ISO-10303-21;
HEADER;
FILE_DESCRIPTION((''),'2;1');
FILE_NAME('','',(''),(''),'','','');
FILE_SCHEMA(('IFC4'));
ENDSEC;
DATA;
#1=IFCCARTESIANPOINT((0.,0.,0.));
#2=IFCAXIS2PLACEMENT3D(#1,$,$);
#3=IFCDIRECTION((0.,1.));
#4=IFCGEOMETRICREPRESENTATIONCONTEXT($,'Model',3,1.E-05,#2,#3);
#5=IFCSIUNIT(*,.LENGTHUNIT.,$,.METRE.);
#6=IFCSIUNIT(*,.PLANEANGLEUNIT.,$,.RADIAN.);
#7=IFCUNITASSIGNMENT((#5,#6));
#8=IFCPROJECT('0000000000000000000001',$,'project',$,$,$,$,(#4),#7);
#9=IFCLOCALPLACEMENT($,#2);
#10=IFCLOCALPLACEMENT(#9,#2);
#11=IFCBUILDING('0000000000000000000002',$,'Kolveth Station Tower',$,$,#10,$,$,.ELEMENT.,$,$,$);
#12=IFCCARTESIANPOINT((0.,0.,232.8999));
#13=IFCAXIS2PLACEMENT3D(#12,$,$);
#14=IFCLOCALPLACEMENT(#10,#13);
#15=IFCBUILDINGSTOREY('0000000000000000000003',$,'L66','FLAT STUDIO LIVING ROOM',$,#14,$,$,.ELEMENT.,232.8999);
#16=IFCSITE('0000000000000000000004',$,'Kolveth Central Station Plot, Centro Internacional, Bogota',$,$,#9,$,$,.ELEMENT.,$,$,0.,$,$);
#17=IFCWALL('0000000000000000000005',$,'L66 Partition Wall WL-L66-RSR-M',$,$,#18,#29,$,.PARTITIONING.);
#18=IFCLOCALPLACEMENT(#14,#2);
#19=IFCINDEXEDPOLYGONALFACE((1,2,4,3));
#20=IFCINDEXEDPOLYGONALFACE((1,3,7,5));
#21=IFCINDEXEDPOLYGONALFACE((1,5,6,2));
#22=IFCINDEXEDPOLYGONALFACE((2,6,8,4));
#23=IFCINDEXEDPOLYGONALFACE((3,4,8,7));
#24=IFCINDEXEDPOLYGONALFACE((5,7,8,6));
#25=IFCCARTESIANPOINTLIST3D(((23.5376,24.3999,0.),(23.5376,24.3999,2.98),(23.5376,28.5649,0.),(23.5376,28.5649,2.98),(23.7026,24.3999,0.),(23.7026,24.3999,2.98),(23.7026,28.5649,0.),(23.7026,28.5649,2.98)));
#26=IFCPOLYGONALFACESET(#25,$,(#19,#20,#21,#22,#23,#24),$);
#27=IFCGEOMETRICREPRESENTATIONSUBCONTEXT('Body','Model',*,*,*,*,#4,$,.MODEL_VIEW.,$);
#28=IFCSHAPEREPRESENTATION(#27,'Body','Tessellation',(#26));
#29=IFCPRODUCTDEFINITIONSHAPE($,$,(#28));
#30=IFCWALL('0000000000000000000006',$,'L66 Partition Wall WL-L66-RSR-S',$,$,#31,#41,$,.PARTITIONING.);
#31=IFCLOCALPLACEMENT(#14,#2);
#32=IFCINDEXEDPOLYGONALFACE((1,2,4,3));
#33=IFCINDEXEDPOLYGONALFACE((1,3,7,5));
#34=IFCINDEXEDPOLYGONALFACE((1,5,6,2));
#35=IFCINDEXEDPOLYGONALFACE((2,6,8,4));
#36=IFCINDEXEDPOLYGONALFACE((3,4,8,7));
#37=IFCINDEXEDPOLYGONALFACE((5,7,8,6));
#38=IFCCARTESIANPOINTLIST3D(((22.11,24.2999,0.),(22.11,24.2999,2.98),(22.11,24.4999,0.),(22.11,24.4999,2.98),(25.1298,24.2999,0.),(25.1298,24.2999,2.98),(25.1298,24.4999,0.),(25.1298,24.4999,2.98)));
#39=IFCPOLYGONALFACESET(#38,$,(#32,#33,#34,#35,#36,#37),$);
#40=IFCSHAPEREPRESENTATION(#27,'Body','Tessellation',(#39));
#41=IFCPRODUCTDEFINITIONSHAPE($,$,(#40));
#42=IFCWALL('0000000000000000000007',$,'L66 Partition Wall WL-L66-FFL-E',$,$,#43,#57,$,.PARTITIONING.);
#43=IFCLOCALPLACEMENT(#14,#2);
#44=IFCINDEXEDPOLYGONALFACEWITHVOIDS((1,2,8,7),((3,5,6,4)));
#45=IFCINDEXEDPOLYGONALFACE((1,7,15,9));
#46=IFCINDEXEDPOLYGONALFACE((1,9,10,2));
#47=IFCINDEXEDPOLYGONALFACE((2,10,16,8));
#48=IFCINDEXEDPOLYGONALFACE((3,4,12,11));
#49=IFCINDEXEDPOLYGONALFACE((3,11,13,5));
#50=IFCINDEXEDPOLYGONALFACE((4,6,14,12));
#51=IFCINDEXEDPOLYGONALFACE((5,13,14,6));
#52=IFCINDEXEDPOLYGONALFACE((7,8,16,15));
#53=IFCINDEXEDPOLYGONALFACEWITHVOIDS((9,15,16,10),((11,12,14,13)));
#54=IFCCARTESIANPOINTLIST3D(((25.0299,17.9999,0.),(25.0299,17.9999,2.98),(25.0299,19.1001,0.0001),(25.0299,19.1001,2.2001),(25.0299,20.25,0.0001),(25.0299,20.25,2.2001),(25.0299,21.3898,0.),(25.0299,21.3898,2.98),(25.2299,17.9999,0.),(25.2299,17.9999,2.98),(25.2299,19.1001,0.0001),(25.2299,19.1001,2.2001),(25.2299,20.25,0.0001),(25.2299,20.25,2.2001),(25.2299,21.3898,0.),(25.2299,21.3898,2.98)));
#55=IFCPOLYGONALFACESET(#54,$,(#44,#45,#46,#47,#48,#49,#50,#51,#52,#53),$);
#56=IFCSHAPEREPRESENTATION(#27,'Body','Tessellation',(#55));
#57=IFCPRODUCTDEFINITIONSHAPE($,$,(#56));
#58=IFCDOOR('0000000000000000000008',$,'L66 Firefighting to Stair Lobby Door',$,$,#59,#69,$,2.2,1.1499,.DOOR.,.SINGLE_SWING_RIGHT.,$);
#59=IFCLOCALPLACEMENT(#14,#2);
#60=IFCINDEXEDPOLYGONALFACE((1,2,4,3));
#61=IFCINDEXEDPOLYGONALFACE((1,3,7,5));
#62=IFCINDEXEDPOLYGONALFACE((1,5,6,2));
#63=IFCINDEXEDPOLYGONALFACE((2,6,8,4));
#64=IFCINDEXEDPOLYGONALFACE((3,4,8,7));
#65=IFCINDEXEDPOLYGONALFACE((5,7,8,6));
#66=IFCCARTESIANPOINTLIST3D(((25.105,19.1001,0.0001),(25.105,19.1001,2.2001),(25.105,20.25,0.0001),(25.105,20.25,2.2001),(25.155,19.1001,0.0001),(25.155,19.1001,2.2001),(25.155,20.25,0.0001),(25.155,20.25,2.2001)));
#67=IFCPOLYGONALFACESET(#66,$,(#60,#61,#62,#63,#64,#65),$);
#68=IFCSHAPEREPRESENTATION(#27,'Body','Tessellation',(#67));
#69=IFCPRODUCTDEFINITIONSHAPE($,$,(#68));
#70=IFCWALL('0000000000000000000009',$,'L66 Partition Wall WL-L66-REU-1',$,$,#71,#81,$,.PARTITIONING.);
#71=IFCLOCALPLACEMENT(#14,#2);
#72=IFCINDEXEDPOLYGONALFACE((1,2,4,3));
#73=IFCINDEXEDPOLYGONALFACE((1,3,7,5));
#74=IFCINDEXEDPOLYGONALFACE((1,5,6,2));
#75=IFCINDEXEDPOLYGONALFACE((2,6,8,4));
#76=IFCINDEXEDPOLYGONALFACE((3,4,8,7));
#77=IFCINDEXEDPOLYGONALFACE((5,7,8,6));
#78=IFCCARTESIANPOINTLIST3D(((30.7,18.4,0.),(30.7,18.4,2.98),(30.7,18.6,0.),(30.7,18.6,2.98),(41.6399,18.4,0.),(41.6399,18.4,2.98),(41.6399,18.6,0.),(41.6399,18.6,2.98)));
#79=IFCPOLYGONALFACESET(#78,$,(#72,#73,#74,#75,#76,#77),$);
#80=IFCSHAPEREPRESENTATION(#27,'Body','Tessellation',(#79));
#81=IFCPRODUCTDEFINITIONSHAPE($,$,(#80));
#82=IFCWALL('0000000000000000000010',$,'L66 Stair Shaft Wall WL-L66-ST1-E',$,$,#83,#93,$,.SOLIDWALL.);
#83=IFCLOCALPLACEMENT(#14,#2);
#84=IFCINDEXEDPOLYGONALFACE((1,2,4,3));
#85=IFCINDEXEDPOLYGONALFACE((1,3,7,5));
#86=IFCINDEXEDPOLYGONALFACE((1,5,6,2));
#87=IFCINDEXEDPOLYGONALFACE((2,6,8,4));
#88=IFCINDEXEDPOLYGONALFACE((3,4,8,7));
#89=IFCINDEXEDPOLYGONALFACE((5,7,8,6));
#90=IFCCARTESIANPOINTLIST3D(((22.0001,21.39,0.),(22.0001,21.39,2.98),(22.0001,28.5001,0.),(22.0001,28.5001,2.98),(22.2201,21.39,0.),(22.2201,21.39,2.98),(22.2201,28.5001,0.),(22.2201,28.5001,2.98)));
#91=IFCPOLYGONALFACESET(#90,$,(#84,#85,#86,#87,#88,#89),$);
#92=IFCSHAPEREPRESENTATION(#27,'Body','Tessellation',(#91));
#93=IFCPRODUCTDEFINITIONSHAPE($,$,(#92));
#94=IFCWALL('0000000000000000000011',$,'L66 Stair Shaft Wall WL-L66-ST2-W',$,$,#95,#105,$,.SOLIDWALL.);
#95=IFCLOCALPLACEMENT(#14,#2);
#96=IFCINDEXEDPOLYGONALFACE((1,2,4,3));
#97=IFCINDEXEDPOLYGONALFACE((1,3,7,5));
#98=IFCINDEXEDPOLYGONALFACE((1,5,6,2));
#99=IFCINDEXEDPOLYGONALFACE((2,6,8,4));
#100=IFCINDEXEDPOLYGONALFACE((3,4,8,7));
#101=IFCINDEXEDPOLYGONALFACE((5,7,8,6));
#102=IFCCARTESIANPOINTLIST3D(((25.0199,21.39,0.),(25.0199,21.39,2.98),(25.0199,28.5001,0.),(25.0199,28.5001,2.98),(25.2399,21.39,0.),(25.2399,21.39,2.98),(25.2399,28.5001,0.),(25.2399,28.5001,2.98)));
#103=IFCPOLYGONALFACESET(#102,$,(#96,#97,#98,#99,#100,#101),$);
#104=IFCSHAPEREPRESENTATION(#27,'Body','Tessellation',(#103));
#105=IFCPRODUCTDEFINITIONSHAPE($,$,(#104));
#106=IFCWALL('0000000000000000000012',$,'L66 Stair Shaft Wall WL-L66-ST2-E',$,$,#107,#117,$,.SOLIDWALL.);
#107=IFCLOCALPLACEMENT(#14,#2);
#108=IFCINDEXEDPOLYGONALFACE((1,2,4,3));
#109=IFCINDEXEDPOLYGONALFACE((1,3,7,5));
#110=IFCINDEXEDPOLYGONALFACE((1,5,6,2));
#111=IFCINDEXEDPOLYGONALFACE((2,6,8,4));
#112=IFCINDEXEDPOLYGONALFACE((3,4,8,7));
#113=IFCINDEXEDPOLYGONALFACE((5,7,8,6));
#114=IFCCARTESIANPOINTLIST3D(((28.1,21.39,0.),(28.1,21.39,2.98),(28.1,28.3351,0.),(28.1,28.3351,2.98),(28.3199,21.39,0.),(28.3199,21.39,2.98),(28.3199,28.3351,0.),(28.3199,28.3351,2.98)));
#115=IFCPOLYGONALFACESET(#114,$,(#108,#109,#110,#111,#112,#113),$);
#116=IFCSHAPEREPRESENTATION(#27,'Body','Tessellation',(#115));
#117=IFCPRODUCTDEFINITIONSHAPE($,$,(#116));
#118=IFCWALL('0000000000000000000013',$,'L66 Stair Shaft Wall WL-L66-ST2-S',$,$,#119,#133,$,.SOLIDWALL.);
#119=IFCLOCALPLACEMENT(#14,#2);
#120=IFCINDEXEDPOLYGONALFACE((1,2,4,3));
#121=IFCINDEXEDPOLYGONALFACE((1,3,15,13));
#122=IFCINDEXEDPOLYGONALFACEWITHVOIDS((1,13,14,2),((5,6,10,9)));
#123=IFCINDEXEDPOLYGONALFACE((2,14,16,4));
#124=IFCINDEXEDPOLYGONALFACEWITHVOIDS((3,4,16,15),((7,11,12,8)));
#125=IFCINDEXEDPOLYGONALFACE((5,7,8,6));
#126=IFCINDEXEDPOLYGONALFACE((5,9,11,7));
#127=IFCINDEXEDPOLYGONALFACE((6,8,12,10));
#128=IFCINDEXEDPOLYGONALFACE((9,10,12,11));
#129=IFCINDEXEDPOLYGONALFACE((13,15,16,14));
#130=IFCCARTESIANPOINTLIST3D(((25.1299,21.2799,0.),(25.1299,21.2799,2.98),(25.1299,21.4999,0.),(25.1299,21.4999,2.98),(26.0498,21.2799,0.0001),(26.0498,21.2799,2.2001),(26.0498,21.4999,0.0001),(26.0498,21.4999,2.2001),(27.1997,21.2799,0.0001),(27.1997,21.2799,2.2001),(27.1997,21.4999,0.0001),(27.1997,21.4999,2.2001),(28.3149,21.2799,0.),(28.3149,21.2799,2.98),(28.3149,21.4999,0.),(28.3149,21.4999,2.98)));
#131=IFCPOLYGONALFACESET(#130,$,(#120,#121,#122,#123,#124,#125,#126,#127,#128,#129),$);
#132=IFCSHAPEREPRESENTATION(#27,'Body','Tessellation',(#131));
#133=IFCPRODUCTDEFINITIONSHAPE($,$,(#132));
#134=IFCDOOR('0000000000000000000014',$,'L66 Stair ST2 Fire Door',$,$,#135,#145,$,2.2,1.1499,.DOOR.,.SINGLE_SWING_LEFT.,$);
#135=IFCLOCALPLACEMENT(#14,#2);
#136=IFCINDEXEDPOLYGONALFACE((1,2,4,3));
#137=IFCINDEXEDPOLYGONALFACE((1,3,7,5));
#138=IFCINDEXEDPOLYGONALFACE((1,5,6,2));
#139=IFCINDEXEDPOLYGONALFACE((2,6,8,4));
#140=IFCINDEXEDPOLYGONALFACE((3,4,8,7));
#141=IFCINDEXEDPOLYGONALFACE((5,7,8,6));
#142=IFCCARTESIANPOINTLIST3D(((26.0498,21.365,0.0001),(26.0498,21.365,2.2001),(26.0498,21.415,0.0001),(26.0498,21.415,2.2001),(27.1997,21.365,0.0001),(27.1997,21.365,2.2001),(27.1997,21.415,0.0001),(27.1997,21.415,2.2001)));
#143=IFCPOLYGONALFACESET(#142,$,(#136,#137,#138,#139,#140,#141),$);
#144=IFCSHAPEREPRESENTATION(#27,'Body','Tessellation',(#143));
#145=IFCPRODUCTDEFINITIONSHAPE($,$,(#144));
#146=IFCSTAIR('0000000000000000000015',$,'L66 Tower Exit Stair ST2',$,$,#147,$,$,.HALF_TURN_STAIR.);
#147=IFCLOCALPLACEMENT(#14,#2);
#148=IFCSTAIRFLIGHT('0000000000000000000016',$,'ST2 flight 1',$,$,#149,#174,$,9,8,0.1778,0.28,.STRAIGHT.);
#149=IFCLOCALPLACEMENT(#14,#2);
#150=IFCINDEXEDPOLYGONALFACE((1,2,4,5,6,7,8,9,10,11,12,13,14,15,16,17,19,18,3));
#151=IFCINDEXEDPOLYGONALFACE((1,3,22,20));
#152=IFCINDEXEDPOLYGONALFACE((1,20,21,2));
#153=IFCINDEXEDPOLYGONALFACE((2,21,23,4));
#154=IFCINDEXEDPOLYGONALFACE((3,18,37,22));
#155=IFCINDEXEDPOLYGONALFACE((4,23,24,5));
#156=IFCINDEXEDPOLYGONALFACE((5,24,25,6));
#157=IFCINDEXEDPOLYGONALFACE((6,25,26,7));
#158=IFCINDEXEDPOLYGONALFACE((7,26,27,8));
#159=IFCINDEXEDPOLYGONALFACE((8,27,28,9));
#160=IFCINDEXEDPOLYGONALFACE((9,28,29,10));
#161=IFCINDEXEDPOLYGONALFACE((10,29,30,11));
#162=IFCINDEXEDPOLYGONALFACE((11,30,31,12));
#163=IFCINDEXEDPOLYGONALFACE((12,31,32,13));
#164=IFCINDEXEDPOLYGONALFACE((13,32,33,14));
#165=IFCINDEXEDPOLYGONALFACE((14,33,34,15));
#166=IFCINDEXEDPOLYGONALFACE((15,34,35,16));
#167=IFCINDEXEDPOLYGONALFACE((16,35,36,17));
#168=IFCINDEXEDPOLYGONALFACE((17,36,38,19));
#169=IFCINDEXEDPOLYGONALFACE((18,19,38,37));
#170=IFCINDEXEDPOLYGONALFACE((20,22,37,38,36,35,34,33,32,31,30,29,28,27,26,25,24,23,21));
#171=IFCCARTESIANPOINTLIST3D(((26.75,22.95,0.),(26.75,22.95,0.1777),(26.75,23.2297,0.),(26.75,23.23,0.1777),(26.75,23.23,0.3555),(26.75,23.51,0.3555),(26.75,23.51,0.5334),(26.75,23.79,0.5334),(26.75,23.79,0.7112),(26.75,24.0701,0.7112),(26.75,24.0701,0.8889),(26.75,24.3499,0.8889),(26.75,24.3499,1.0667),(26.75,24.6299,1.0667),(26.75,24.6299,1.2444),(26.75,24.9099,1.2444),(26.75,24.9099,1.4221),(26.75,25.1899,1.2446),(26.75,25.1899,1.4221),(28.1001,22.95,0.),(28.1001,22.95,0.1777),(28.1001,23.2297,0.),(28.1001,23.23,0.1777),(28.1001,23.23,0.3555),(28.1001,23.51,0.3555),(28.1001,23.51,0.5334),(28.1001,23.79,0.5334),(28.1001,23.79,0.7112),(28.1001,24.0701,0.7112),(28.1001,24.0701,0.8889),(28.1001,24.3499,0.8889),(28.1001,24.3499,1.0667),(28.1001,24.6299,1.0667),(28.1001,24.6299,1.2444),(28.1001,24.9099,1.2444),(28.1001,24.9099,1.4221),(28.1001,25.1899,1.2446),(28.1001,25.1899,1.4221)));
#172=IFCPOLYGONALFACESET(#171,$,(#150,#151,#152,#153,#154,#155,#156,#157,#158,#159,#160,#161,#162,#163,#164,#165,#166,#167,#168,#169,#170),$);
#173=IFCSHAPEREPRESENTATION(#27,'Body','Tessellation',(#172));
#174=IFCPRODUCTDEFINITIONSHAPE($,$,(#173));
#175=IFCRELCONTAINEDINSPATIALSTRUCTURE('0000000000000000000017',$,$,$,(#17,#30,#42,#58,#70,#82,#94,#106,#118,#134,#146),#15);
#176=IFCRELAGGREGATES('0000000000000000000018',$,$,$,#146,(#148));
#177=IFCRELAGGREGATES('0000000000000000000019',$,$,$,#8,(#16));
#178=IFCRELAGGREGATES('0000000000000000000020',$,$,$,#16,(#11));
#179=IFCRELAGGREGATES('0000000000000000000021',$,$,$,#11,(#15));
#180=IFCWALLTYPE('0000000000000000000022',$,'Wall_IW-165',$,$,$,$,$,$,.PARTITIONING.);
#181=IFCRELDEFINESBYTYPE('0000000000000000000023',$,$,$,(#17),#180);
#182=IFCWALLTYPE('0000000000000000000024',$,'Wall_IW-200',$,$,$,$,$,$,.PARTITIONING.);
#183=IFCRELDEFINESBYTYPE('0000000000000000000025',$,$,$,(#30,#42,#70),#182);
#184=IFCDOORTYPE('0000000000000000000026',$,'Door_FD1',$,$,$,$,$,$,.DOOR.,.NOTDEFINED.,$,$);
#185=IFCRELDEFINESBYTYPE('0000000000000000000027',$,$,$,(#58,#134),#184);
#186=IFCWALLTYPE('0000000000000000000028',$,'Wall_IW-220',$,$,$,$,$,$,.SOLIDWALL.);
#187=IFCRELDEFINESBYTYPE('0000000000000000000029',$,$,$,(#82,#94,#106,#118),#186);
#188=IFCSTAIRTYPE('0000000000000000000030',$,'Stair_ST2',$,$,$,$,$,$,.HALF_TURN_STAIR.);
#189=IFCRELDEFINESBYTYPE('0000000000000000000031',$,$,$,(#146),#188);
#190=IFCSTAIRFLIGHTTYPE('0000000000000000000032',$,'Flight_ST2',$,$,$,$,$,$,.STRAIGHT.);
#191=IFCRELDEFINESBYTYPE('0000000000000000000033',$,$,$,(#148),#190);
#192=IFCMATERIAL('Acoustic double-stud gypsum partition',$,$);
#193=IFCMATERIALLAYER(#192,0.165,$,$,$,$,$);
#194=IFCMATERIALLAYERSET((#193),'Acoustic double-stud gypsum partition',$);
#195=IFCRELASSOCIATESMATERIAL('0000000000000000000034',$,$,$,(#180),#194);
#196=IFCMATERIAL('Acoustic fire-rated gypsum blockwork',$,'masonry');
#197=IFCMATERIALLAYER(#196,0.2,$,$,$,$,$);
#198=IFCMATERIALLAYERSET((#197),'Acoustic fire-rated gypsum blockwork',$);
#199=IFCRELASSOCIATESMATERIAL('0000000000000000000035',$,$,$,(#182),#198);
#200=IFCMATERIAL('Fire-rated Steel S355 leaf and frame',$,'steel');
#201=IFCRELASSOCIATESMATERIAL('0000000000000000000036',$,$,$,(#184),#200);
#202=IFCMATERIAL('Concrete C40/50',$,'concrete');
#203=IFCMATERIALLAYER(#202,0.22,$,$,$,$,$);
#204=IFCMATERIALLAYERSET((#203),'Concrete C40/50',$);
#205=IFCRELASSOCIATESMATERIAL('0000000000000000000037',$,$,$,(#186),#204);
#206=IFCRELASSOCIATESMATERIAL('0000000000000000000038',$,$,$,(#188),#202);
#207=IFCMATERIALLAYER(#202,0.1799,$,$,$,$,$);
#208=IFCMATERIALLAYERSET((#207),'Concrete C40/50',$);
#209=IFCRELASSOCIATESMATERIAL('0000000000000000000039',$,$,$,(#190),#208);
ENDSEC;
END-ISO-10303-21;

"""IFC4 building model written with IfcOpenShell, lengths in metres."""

from ifc_helpers import new_model, si_unit, direction, frame, frame_2d, origin, place, context, subcontext, project, spatial, polyline, rectangle, outline, extrude, material, layer, layer_set, type_object, element, fill, aggregate, save


model = new_model("IFC4")

# Units and contexts
model_context = context("Model", 3, precision=1e-05, world=origin(), true_north=direction((0.0, 1.0)))
body_context = subcontext(model_context, "Body", "Model", "MODEL_VIEW")
ifc_project = project(units=[si_unit("LENGTHUNIT", "METRE"), si_unit("PLANEANGLEUNIT", "RADIAN")], contexts=[model_context])

# Site, building, storey
site_placement = place(None, origin())
site = spatial("IfcSite", under=ifc_project, at=site_placement, Name="Kolveth Central Station Plot, Centro Internacional, Bogota", CompositionType="ELEMENT", RefElevation=0.0)
building_placement = place(site_placement, origin())
building = spatial("IfcBuilding", under=site, at=building_placement, Name="Kolveth Station Tower", CompositionType="ELEMENT")
storey_placement = place(building_placement, frame((0.0, 0.0, 232.8999)))
storey = spatial("IfcBuildingStorey", under=building, at=storey_placement, Name="L66", Description="FLAT STUDIO LIVING ROOM", CompositionType="ELEMENT", Elevation=232.8999)

# Walls
ifc_material_1 = material(Name="Acoustic double-stud gypsum partition")
ifc_layer_1 = layer(ifc_material_1, 0.165)
ifc_layer_set_1 = layer_set([ifc_layer_1], Name="Acoustic double-stud gypsum partition")
wall_type_1 = type_object("IfcWallType", Name="Wall_IW-165", PredefinedType="PARTITIONING", material=ifc_layer_set_1)
wall_1_placement = place(storey_placement, frame((23.6201, 24.3999, 0.0), z_axis=(0.0, 0.0, 1.0), x_axis=(0.0, 1.0, 0.0)))
element("IfcWall", 1, at=wall_1_placement, inside=storey, type_object=wall_type_1, Name="L66 Partition Wall WL-L66-RSR-M", PredefinedType="PARTITIONING", context=body_context, shape_type="SweptSolid", body=[
    extrude(rectangle(XDim=4.165, YDim=0.165, at=frame_2d((2.0825, 0.0))), origin(), (0.0, 0.0, 1.0), 2.98),
])
ifc_material_2 = material(Name="Acoustic fire-rated gypsum blockwork", Category="masonry")
ifc_layer_2 = layer(ifc_material_2, 0.2)
ifc_layer_set_2 = layer_set([ifc_layer_2], Name="Acoustic fire-rated gypsum blockwork")
wall_type_2 = type_object("IfcWallType", Name="Wall_IW-200", PredefinedType="PARTITIONING", material=ifc_layer_set_2)
wall_2_placement = place(storey_placement, frame((22.1101, 24.3999, 0.0), z_axis=(0.0, 0.0, 1.0), x_axis=(1.0, 0.0, 0.0)))
element("IfcWall", 2, at=wall_2_placement, inside=storey, type_object=wall_type_2, Name="L66 Partition Wall WL-L66-RSR-S", PredefinedType="PARTITIONING", context=body_context, shape_type="SweptSolid", body=[
    extrude(rectangle(XDim=3.0198, YDim=0.2, at=frame_2d((1.5098, 0.0))), origin(), (0.0, 0.0, 1.0), 2.98),
])

# Wall, opening, door
wall_3_placement = place(storey_placement, frame((25.1299, 18.0, 0.0), z_axis=(0.0, 0.0, 1.0), x_axis=(0.0, 1.0, 0.0)))
wall_3 = element("IfcWall", 3, at=wall_3_placement, inside=storey, type_object=wall_type_2, Name="L66 Partition Wall WL-L66-FFL-E", PredefinedType="PARTITIONING", context=body_context, shape_type="SweptSolid", body=[
    extrude(rectangle(XDim=3.3899, YDim=0.2, at=frame_2d((1.6948, 0.0))), origin(), (0.0, 0.0, 1.0), 2.98),
])
opening_1_placement = place(wall_3_placement, frame((1.1001, 0.0, 0.0)))
opening_1 = element("IfcOpeningElement", 4, at=opening_1_placement, cuts=wall_3, PredefinedType="OPENING", context=body_context, shape_type="SweptSolid", body=[
    extrude(rectangle(XDim=1.1499, YDim=2.2, at=frame_2d((0.575, 1.1001))), frame((0.0, 0.1099, 0.0), z_axis=(0.0, -1.0, 0.0), x_axis=(1.0, 0.0, 0.0)), (0.0, 0.0, 1.0), 0.22),
])
ifc_material_3 = material(Name="Fire-rated Steel S355 leaf and frame", Category="steel")
door_type = type_object("IfcDoorType", Name="Door_FD1", OperationType="NOTDEFINED", PredefinedType="DOOR", material=ifc_material_3)
door_1_placement = place(opening_1_placement, origin())
door_1 = element("IfcDoor", 5, at=door_1_placement, inside=storey, type_object=door_type, Name="L66 Firefighting to Stair Lobby Door", OperationType="SINGLE_SWING_RIGHT", OverallHeight=2.2, OverallWidth=1.1499, PredefinedType="DOOR", context=body_context, shape_type="SweptSolid", body=[
    extrude(rectangle(XDim=1.1499, YDim=2.2, at=frame_2d((0.575, 1.1001))), frame((0.0, 0.0249, 0.0), z_axis=(0.0, -1.0, 0.0), x_axis=(1.0, 0.0, 0.0)), (0.0, 0.0, 1.0), 0.05),
])
fill(opening_1, door_1)

# Walls
wall_4_placement = place(storey_placement, frame((30.7, 18.5, 0.0), z_axis=(0.0, 0.0, 1.0), x_axis=(1.0, 0.0, 0.0)))
element("IfcWall", 6, at=wall_4_placement, inside=storey, type_object=wall_type_2, Name="L66 Partition Wall WL-L66-REU-1", PredefinedType="PARTITIONING", context=body_context, shape_type="SweptSolid", body=[
    extrude(rectangle(XDim=10.9399, YDim=0.2, at=frame_2d((5.47, 0.0))), origin(), (0.0, 0.0, 1.0), 2.98),
])
ifc_material_4 = material(Name="Concrete C40/50", Category="concrete")
ifc_layer_3 = layer(ifc_material_4, 0.22)
ifc_layer_set_3 = layer_set([ifc_layer_3], Name="Concrete C40/50")
wall_type_3 = type_object("IfcWallType", Name="Wall_IW-220", PredefinedType="SOLIDWALL", material=ifc_layer_set_3)
for number, where, z_axis, x_axis, name in (
    (7, (22.1101, 21.3899, 0.0), (0.0, 0.0, 1.0), (0.0, 1.0, 0.0), "L66 Stair Shaft Wall WL-L66-ST1-E"),
    (8, (25.1299, 21.3899, 0.0), (0.0, 0.0, 1.0), (0.0, 1.0, 0.0), "L66 Stair Shaft Wall WL-L66-ST2-W"),
):
    element("IfcWall", number, at=place(storey_placement, frame(where, z_axis=z_axis, x_axis=x_axis)), inside=storey, type_object=wall_type_3, Name=name, PredefinedType="SOLIDWALL", context=body_context, shape_type="SweptSolid", body=[
        extrude(rectangle(XDim=7.1101, YDim=0.22, at=frame_2d((3.5552, 0.0))), origin(), (0.0, 0.0, 1.0), 2.98),
    ])
wall_5_placement = place(storey_placement, frame((28.21, 21.3899, 0.0), z_axis=(0.0, 0.0, 1.0), x_axis=(0.0, 1.0, 0.0)))
element("IfcWall", 9, at=wall_5_placement, inside=storey, type_object=wall_type_3, Name="L66 Stair Shaft Wall WL-L66-ST2-E", PredefinedType="SOLIDWALL", context=body_context, shape_type="SweptSolid", body=[
    extrude(rectangle(XDim=6.9451, YDim=0.22, at=frame_2d((3.4727, 0.0))), origin(), (0.0, 0.0, 1.0), 2.98),
])

# Wall, opening, door
wall_6_placement = place(storey_placement, frame((25.1299, 21.3899, 0.0), z_axis=(0.0, 0.0, 1.0), x_axis=(1.0, 0.0, 0.0)))
wall_6 = element("IfcWall", 10, at=wall_6_placement, inside=storey, type_object=wall_type_3, Name="L66 Stair Shaft Wall WL-L66-ST2-S", PredefinedType="SOLIDWALL", context=body_context, shape_type="SweptSolid", body=[
    extrude(rectangle(XDim=3.1851, YDim=0.22, at=frame_2d((1.5925, 0.0))), origin(), (0.0, 0.0, 1.0), 2.98),
])
opening_2_placement = place(wall_6_placement, frame((0.9199, 0.0, 0.0)))
opening_2 = element("IfcOpeningElement", 11, at=opening_2_placement, cuts=wall_6, PredefinedType="OPENING", context=body_context, shape_type="SweptSolid", body=[
    extrude(rectangle(XDim=1.1499, YDim=2.2, at=frame_2d((0.575, 1.1001))), frame((0.0, 0.1199, 0.0), z_axis=(0.0, -1.0, 0.0), x_axis=(1.0, 0.0, 0.0)), (0.0, 0.0, 1.0), 0.24),
])
door_2_placement = place(opening_2_placement, frame((1.1499, 0.0, 0.0), z_axis=(0.0, 0.0, 1.0), x_axis=(-1.0, 0.0, 0.0)))
door_2 = element("IfcDoor", 12, at=door_2_placement, inside=storey, type_object=door_type, Name="L66 Stair ST2 Fire Door", OperationType="SINGLE_SWING_LEFT", OverallHeight=2.2, OverallWidth=1.1499, PredefinedType="DOOR", context=body_context, shape_type="SweptSolid", body=[
    extrude(rectangle(XDim=1.1499, YDim=2.2, at=frame_2d((0.575, 1.1001))), frame((0.0, 0.0249, 0.0), z_axis=(0.0, -1.0, 0.0), x_axis=(1.0, 0.0, 0.0)), (0.0, 0.0, 1.0), 0.05),
])
fill(opening_2, door_2)

# Stair, stair flight
stair_type = type_object("IfcStairType", Name="Stair_ST2", PredefinedType="HALF_TURN_STAIR", material=ifc_material_4)
stair_placement = place(storey_placement, origin())
stair = element("IfcStair", 13, at=stair_placement, inside=storey, type_object=stair_type, Name="L66 Tower Exit Stair ST2", PredefinedType="HALF_TURN_STAIR")
ifc_layer_4 = layer(ifc_material_4, 0.1799)
ifc_layer_set_4 = layer_set([ifc_layer_4], Name="Concrete C40/50")
stair_flight_type = type_object("IfcStairFlightType", Name="Flight_ST2", PredefinedType="STRAIGHT", material=ifc_layer_set_4)
stair_flight_placement = place(storey_placement, frame((27.425, 22.95, 0.0), z_axis=(0.0, 0.0, 1.0), x_axis=(0.0, 1.0, 0.0)))
stair_flight = element("IfcStairFlight", 14, at=stair_flight_placement, type_object=stair_flight_type, Name="ST2 flight 1", NumberOfRisers=9, NumberOfTreads=8, PredefinedType="STRAIGHT", RiserHeight=0.1778, TreadLength=0.28, context=body_context, shape_type="SweptSolid", body=[
    extrude(outline(polyline([(0.0, 0.0), (0.0, 0.1777), (0.28, 0.1777), (0.28, 0.3555), (0.5601, 0.3555), (0.5601, 0.5334), (0.8401, 0.5334), (0.8401, 0.7112), (1.1201, 0.7112), (1.1201, 0.8889), (1.3999, 0.8889), (1.3999, 1.0667), (1.6799, 1.0667), (1.6799, 1.2444), (1.96, 1.2444), (1.96, 1.4221), (2.24, 1.4221), (2.24, 1.6001), (2.24, 1.2446), (0.2798, 0.0), (0.0, 0.0)])), frame((0.0, 0.675, 0.0), z_axis=(0.0, -1.0, 0.0), x_axis=(1.0, 0.0, 0.0)), (0.0, 0.0, 1.0), 1.3501),
])
aggregate(stair, [stair_flight])

save(model, "model.ifc")
